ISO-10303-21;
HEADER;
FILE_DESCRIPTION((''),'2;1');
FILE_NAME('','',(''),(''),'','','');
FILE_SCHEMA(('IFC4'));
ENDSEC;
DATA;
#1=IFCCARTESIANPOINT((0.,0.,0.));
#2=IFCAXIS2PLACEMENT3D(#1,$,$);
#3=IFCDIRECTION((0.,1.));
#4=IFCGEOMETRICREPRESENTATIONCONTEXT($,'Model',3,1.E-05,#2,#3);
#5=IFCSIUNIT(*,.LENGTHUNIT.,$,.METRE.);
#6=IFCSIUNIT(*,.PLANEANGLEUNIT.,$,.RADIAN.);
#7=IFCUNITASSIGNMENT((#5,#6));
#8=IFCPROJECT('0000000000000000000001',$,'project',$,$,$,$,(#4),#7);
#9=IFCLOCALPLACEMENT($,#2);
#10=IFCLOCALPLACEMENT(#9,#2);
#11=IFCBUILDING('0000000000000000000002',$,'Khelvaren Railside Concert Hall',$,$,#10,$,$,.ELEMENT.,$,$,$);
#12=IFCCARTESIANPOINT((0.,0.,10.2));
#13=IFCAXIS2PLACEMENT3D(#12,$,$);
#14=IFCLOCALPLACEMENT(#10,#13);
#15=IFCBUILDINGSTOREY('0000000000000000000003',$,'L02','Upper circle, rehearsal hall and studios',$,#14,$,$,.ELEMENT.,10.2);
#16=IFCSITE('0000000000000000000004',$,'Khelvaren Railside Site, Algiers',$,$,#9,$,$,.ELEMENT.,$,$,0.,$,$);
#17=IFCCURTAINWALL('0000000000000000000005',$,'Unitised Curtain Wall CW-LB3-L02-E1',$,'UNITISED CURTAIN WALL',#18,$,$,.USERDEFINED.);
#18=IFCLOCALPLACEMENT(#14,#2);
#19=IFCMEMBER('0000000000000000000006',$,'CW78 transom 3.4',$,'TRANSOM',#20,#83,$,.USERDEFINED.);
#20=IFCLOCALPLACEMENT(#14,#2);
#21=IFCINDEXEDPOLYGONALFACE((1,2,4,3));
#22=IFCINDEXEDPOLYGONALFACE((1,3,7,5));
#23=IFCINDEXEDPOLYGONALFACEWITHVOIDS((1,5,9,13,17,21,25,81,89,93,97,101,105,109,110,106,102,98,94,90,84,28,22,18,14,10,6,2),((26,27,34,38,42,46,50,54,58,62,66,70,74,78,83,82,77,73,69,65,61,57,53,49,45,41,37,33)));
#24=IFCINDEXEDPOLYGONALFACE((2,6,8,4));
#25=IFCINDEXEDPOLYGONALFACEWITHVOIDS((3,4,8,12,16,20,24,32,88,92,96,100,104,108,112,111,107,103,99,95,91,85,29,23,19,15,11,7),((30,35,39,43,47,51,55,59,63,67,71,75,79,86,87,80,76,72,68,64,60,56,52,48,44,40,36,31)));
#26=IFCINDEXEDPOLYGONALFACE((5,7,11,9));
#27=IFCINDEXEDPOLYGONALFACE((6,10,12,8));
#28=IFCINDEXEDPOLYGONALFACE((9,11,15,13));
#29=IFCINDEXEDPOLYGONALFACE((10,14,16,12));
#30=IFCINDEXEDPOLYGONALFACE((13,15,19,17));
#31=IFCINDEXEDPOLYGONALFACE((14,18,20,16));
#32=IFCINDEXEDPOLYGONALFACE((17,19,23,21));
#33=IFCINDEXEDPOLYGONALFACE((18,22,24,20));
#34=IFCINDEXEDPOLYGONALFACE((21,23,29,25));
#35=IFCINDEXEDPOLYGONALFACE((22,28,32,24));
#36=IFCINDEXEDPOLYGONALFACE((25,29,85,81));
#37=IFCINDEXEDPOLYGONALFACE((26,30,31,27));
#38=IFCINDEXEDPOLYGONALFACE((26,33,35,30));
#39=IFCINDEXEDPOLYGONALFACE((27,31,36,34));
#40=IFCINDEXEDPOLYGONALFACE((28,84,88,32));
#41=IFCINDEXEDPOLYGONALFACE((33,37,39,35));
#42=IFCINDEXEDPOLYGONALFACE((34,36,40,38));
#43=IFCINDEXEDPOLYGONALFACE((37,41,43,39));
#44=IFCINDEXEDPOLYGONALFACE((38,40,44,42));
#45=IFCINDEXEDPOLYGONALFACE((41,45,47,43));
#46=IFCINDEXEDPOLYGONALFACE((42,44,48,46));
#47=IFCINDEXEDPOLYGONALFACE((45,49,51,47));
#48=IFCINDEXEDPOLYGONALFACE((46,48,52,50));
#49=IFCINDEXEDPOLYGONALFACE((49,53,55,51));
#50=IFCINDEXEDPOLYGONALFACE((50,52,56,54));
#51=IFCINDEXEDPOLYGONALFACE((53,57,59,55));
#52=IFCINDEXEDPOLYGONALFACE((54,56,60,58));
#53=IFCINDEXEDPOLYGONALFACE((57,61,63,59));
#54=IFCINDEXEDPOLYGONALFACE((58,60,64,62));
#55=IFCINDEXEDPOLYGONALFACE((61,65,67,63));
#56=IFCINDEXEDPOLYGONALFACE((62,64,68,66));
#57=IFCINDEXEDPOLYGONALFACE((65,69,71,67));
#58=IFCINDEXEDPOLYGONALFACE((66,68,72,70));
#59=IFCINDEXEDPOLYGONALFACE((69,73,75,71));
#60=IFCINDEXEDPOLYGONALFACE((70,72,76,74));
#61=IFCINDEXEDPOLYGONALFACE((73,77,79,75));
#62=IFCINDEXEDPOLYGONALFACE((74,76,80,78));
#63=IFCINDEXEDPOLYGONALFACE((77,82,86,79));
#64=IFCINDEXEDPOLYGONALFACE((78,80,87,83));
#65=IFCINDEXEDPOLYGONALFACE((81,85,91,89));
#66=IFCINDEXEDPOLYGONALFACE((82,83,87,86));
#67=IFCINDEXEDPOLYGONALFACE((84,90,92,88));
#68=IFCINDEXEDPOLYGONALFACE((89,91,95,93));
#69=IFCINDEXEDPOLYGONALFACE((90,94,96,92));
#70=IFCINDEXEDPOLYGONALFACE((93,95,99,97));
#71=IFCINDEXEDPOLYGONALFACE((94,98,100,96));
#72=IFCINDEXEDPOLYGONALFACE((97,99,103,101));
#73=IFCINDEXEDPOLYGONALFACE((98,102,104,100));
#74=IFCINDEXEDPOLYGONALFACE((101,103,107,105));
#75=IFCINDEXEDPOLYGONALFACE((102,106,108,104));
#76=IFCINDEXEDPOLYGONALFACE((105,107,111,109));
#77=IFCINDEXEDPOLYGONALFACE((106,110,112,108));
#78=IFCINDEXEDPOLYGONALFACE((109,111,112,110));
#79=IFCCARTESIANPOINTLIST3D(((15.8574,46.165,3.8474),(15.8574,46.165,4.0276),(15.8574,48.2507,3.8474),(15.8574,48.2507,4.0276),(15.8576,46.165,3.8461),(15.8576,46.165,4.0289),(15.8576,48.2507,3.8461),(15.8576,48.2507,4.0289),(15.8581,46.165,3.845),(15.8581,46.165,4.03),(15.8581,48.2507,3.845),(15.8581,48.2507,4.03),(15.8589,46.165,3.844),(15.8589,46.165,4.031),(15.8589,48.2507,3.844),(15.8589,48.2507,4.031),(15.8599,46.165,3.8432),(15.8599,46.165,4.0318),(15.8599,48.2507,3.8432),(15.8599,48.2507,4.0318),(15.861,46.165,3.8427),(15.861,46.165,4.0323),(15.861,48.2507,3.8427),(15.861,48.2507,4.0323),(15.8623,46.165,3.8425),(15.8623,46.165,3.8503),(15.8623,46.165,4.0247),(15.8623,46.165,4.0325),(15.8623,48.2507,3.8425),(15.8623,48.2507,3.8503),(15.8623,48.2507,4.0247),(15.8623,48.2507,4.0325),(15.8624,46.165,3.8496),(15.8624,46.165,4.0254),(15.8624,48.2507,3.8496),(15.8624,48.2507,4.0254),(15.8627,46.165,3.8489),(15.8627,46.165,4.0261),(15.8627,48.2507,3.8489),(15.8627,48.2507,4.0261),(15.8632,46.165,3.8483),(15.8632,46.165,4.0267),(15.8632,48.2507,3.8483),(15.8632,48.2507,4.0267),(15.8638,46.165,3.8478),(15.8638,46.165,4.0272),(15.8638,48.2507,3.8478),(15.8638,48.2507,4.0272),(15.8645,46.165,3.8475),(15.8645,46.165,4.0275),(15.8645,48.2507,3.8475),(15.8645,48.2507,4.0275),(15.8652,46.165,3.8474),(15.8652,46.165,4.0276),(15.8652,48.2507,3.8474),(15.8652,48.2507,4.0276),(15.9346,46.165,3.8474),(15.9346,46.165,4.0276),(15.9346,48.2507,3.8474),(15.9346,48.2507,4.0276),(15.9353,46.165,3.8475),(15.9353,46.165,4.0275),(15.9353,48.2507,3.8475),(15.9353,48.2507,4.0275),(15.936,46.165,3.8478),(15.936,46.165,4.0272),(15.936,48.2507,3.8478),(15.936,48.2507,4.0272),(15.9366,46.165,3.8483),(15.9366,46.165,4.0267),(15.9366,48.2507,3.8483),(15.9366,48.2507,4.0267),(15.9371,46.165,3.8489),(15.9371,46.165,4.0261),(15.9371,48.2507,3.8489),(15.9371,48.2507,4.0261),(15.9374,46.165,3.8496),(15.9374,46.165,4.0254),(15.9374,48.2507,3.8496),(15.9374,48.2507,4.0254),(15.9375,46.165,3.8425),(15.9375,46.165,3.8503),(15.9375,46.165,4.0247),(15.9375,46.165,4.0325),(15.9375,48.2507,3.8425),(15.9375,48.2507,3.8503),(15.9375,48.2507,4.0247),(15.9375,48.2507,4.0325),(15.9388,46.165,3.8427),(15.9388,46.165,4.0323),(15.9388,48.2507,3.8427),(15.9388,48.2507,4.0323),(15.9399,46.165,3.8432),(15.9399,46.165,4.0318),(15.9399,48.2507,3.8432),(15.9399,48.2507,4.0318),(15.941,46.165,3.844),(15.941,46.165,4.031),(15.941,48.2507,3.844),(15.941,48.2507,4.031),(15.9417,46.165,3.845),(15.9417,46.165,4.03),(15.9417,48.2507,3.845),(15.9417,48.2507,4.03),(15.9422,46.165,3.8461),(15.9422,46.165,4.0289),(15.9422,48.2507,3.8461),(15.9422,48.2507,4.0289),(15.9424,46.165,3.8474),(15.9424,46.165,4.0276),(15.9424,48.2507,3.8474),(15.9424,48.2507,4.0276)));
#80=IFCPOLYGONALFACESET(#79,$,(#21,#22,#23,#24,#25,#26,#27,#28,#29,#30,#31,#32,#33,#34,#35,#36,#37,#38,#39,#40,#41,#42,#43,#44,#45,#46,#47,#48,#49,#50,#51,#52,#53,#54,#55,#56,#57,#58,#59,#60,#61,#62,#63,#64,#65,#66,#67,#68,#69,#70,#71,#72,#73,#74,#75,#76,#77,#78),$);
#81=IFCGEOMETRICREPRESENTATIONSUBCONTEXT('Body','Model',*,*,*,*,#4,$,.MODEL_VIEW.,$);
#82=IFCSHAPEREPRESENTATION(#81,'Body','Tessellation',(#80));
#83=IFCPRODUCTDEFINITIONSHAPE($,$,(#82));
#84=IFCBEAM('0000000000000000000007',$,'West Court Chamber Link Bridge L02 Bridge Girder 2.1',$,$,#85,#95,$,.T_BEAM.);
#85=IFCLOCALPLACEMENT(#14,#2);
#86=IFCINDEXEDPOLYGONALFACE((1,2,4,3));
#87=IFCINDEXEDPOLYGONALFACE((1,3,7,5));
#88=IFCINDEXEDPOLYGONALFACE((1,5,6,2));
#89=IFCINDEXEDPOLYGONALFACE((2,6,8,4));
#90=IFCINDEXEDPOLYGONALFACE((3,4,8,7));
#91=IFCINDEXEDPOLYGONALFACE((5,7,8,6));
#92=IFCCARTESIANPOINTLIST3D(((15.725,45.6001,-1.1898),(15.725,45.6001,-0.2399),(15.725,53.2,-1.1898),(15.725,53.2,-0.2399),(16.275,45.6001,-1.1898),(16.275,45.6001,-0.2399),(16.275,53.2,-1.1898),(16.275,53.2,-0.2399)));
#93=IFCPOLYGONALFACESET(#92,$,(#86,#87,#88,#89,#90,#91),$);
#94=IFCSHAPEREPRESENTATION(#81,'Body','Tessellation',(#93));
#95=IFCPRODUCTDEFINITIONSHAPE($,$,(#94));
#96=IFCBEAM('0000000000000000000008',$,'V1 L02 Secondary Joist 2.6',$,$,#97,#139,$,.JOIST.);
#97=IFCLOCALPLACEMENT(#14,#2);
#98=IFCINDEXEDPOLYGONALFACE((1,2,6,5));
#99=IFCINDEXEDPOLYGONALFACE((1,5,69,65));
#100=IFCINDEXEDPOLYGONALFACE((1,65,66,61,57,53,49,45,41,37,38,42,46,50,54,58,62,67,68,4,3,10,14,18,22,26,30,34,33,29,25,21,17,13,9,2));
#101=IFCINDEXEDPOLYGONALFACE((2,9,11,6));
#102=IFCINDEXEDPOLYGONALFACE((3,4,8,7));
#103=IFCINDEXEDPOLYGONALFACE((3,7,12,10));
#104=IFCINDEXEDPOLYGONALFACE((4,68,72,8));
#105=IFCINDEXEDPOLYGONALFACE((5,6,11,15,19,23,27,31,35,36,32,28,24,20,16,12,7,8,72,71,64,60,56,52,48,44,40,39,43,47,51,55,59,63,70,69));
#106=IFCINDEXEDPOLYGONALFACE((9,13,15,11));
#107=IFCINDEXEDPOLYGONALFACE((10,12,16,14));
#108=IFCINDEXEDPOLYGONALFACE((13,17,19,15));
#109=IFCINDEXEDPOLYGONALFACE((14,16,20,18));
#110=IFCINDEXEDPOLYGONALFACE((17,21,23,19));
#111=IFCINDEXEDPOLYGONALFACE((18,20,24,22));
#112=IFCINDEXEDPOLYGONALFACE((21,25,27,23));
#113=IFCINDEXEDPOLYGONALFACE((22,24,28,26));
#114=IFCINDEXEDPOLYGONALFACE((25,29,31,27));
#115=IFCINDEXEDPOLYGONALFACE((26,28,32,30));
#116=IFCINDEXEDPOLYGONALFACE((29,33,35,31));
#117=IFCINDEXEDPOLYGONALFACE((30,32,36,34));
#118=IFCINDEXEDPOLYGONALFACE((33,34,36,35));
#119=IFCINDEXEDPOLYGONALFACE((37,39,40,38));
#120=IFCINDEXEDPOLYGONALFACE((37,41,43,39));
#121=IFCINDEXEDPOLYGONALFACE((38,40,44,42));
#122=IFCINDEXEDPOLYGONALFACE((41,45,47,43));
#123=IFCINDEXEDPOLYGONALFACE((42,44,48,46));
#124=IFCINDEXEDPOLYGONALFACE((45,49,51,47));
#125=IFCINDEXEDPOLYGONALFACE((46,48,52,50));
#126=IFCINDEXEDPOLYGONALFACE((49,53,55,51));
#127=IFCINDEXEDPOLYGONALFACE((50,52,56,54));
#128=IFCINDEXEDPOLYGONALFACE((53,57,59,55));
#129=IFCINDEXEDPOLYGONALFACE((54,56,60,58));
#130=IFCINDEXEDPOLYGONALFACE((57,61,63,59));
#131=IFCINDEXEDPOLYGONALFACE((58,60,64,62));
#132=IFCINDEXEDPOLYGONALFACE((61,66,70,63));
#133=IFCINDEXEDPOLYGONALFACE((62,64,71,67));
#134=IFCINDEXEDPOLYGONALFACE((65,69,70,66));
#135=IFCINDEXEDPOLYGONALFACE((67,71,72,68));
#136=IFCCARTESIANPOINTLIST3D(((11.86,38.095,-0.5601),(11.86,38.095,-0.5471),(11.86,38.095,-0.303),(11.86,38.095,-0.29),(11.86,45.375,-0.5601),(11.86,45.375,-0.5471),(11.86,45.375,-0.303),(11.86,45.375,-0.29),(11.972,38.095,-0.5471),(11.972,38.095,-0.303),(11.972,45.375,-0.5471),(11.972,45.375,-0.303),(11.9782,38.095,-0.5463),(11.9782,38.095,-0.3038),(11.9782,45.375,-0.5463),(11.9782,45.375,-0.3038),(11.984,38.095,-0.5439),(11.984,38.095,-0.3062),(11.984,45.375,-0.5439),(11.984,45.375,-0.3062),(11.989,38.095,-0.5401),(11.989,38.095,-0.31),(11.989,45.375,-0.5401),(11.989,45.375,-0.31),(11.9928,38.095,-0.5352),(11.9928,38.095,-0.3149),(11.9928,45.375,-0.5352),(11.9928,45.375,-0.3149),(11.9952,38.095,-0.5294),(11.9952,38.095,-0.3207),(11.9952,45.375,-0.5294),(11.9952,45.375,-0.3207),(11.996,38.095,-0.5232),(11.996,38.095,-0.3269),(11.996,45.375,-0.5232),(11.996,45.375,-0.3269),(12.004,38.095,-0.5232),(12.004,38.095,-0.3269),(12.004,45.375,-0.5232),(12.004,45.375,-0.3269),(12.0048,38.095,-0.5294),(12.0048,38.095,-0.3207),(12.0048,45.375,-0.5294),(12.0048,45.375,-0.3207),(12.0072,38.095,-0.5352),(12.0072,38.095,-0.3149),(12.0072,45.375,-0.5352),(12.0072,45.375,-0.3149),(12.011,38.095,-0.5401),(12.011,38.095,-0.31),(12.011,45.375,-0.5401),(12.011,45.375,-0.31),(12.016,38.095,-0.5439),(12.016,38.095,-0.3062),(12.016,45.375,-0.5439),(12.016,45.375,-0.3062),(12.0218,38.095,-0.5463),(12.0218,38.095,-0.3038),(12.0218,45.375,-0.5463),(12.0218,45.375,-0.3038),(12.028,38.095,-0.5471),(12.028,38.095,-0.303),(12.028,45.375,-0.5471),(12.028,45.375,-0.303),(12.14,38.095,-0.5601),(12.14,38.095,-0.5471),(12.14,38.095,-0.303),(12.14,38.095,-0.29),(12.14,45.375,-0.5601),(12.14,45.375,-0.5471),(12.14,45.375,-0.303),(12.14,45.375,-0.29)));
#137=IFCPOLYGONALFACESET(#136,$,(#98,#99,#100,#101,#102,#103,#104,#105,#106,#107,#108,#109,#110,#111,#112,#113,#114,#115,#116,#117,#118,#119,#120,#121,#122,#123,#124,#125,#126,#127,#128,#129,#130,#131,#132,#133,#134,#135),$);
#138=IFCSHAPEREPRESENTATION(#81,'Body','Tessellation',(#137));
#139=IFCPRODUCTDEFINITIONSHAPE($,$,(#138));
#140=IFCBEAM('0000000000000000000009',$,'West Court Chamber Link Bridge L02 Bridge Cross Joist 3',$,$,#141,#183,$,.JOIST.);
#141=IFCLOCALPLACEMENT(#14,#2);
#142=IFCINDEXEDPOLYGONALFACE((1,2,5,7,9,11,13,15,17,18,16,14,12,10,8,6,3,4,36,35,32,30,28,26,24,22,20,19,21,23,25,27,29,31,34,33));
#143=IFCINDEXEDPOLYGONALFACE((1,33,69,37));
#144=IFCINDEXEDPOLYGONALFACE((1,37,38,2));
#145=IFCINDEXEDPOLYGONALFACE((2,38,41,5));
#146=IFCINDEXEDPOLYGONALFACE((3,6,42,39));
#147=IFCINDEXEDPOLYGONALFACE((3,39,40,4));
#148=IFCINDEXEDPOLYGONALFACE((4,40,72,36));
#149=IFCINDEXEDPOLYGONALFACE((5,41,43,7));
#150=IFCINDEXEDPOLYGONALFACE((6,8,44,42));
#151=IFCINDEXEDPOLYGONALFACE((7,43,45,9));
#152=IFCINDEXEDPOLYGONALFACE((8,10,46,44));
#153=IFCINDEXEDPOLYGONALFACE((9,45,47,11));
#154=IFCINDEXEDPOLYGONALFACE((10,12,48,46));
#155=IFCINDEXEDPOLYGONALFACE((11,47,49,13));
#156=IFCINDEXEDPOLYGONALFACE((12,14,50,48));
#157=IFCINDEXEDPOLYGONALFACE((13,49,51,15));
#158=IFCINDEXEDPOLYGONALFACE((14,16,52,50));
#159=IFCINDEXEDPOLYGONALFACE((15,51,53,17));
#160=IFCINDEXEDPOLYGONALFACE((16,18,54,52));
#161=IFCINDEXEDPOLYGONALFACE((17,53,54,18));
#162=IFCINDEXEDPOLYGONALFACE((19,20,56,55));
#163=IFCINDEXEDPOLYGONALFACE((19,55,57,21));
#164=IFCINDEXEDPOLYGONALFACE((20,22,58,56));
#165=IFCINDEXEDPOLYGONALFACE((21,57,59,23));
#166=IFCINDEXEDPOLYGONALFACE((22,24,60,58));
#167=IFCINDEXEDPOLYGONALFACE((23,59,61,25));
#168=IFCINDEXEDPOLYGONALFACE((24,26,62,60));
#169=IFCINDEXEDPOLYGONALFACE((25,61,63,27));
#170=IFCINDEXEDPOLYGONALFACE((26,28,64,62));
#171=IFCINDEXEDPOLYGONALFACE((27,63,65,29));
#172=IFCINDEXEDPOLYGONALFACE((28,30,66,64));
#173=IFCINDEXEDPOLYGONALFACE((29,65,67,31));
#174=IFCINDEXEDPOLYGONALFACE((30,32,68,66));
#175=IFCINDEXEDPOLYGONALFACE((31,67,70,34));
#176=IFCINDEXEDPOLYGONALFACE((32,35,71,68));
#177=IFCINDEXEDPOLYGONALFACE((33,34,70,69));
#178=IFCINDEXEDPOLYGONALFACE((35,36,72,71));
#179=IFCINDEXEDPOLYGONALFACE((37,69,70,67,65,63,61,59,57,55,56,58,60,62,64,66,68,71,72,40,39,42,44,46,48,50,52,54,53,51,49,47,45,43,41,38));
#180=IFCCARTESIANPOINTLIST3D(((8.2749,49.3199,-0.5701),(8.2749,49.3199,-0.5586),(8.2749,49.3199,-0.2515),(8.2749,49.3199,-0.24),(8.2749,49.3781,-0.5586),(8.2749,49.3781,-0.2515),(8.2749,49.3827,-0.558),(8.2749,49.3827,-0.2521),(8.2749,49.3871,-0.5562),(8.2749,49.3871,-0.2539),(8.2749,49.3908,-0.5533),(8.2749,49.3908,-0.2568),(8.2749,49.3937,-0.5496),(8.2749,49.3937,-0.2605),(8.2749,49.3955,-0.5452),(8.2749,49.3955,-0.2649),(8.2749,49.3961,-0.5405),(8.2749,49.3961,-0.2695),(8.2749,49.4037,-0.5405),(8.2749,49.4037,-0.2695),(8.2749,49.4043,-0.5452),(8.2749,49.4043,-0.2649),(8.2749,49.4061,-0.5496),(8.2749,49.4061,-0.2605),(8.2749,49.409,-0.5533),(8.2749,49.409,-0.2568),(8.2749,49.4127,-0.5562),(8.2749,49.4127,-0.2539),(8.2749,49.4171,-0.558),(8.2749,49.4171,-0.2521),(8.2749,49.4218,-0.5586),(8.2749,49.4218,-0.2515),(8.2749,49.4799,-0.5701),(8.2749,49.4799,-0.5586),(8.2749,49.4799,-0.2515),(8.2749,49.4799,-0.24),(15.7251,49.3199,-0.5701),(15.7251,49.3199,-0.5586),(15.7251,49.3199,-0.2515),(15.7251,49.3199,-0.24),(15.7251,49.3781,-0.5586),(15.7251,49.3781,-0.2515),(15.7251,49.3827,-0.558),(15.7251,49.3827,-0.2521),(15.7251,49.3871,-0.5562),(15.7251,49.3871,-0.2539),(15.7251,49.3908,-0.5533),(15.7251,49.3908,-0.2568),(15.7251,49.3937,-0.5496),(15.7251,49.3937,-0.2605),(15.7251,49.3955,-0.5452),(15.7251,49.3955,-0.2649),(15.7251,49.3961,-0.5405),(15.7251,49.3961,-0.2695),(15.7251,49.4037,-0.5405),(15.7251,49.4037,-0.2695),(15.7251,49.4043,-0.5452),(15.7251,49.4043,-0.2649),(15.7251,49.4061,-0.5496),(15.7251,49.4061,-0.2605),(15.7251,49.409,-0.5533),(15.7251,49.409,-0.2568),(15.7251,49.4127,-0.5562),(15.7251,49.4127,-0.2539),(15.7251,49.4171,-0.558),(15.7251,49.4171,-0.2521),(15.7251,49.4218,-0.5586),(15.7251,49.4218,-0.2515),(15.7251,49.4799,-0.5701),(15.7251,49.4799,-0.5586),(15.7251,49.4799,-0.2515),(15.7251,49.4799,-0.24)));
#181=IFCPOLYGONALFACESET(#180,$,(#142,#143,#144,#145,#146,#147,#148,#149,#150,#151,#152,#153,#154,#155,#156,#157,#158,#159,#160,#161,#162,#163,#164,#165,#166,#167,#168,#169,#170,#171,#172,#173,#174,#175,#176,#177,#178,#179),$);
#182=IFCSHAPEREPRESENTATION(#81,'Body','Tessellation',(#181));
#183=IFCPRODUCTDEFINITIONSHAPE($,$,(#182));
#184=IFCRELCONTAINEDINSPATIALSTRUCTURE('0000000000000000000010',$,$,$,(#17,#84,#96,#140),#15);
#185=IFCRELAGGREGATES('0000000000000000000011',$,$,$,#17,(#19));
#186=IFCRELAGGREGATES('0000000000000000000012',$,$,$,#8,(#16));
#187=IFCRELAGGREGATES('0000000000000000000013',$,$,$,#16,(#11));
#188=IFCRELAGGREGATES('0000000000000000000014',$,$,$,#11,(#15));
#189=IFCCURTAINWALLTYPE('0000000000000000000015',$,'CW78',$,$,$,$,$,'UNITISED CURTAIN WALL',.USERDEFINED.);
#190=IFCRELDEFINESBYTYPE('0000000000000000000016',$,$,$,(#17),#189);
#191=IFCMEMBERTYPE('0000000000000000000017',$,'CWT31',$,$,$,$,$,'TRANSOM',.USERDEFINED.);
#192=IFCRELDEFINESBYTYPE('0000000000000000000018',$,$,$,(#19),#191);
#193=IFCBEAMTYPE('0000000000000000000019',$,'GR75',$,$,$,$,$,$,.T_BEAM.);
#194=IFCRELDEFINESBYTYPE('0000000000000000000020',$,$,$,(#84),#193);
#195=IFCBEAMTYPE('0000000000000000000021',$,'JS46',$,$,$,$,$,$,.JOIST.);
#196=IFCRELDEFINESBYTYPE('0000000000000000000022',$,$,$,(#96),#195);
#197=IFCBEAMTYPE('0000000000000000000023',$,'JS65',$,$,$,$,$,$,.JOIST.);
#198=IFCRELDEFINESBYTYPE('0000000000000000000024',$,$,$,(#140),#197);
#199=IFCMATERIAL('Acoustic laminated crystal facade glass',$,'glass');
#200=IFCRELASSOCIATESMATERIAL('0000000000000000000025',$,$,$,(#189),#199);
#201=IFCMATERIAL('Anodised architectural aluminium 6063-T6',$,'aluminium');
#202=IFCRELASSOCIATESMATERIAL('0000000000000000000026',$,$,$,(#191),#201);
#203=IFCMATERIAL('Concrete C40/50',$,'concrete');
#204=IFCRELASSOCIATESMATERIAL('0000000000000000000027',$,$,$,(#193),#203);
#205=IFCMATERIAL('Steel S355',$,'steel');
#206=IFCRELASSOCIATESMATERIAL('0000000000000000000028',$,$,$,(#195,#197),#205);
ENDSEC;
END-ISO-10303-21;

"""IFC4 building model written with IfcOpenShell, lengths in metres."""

from ifc_helpers import new_model, si_unit, direction, frame, origin, origin_2d, place, context, subcontext, project, spatial, rectangle, hollow_rectangle, i_section, extrude, material, material_profile, profile_set, type_object, element, aggregate, save


model = new_model("IFC4")

# Units and contexts
model_context = context("Model", 3, precision=1e-05, world=origin(), true_north=direction((0.0, 1.0)))
body_context = subcontext(model_context, "Body", "Model", "MODEL_VIEW")
ifc_project = project(units=[si_unit("LENGTHUNIT", "METRE"), si_unit("PLANEANGLEUNIT", "RADIAN")], contexts=[model_context])

# Site, building, storey
site_placement = place(None, origin())
site = spatial("IfcSite", under=ifc_project, at=site_placement, Name="Khelvaren Railside Site, Algiers", CompositionType="ELEMENT", RefElevation=0.0)
building_placement = place(site_placement, origin())
building = spatial("IfcBuilding", under=site, at=building_placement, Name="Khelvaren Railside Concert Hall", CompositionType="ELEMENT")
storey_placement = place(building_placement, frame((0.0, 0.0, 10.2)))
storey = spatial("IfcBuildingStorey", under=building, at=storey_placement, Name="L02", Description="Upper circle, rehearsal hall and studios", CompositionType="ELEMENT", Elevation=10.2)

# Shared definitions
ifc_material_1 = material(Name="Steel S355", Category="steel")

# Curtain wall, member
ifc_material_2 = material(Name="Acoustic laminated crystal facade glass", Category="glass")
curtain_wall_type = type_object("IfcCurtainWallType", Name="CW78", ElementType="UNITISED CURTAIN WALL", PredefinedType="USERDEFINED", material=ifc_material_2)
curtain_wall_placement = place(storey_placement, origin())
curtain_wall = element("IfcCurtainWall", 1, at=curtain_wall_placement, inside=storey, type_object=curtain_wall_type, Name="Unitised Curtain Wall CW-LB3-L02-E1", ObjectType="UNITISED CURTAIN WALL", PredefinedType="USERDEFINED")
ifc_material_3 = material(Name="Anodised architectural aluminium 6063-T6", Category="aluminium")
ifc_material_profile_1 = material_profile(ifc_material_3, hollow_rectangle(XDim=0.085, YDim=0.1899, WallThickness=0.0049, InnerFilletRadius=0.0029, OuterFilletRadius=0.0049, at=origin_2d()), Name="CWT 85x190x5")
ifc_profile_set_1 = profile_set([ifc_material_profile_1], Name="Anodised architectural aluminium 6063-T6")
member_type_1 = type_object("IfcMemberType", Name="CWT31", ElementType="TRANSOM", PredefinedType="USERDEFINED", material=ifc_profile_set_1)
member_1_placement = place(storey_placement, frame((15.8999, 48.2507, 3.9375), z_axis=(0.0, -1.0, 0.0), x_axis=(1.0, 0.0, 0.0)))
member_1 = element("IfcMember", 2, at=member_1_placement, type_object=member_type_1, Name="CW78 transom 3.4", ObjectType="TRANSOM", PredefinedType="USERDEFINED", context=body_context, shape_type="SweptSolid", body=[
    extrude(hollow_rectangle(XDim=0.085, YDim=0.1899, WallThickness=0.0049, InnerFilletRadius=0.0029, OuterFilletRadius=0.0049, at=origin_2d()), origin(), (0.0, 0.0, 1.0), 2.0857),
])

# Beams
ifc_material_4 = material(Name="Concrete C40/50", Category="concrete")
ifc_material_profile_2 = material_profile(ifc_material_4, rectangle(XDim=0.55, YDim=0.95, at=origin_2d()), Name="RCB 550x950")
ifc_profile_set_2 = profile_set([ifc_material_profile_2], Name="Concrete C40/50")
beam_type_1 = type_object("IfcBeamType", Name="GR75", PredefinedType="T_BEAM", material=ifc_profile_set_2)
beam_1_placement = place(storey_placement, frame((16.0, 45.6001, -0.7148), z_axis=(0.0, 1.0, 0.0), x_axis=(-1.0, 0.0, 0.0)))
element("IfcBeam", 3, at=beam_1_placement, inside=storey, type_object=beam_type_1, Name="West Court Chamber Link Bridge L02 Bridge Girder 2.1", PredefinedType="T_BEAM", context=body_context, shape_type="SweptSolid", body=[
    extrude(rectangle(XDim=0.55, YDim=0.95, at=origin_2d()), origin(), (0.0, 0.0, 1.0), 7.5999),
])
ifc_material_profile_3 = material_profile(ifc_material_1, i_section(OverallWidth=0.28, OverallDepth=0.27, WebThickness=0.0081, FlangeThickness=0.0129, FilletRadius=0.0239, at=origin_2d()), Name="HEA 280")
ifc_profile_set_3 = profile_set([ifc_material_profile_3], Name="Steel S355")
beam_type_2 = type_object("IfcBeamType", Name="JS46", PredefinedType="JOIST", material=ifc_profile_set_3)
beam_2_placement = place(storey_placement, frame((12.0, 38.095, -0.425), z_axis=(0.0, 1.0, 0.0), x_axis=(-1.0, 0.0, 0.0)))
element("IfcBeam", 4, at=beam_2_placement, inside=storey, type_object=beam_type_2, Name="V1 L02 Secondary Joist 2.6", PredefinedType="JOIST", context=body_context, shape_type="SweptSolid", body=[
    extrude(i_section(OverallWidth=0.28, OverallDepth=0.27, WebThickness=0.0081, FlangeThickness=0.0129, FilletRadius=0.0239, at=origin_2d()), origin(), (0.0, 0.0, 1.0), 7.28),
])
ifc_material_profile_4 = material_profile(ifc_material_1, i_section(OverallWidth=0.1599, OverallDepth=0.3301, WebThickness=0.0076, FlangeThickness=0.0115, FilletRadius=0.0181, at=origin_2d()), Name="IPE 330")
ifc_profile_set_4 = profile_set([ifc_material_profile_4], Name="Steel S355")
beam_type_3 = type_object("IfcBeamType", Name="JS65", PredefinedType="JOIST", material=ifc_profile_set_4)
beam_3_placement = place(storey_placement, frame((8.2749, 49.3999, -0.405), z_axis=(1.0, 0.0, 0.0), x_axis=(0.0, 1.0, 0.0)))
element("IfcBeam", 5, at=beam_3_placement, inside=storey, type_object=beam_type_3, Name="West Court Chamber Link Bridge L02 Bridge Cross Joist 3", PredefinedType="JOIST", context=body_context, shape_type="SweptSolid", body=[
    extrude(i_section(OverallWidth=0.1599, OverallDepth=0.3301, WebThickness=0.0076, FlangeThickness=0.0115, FilletRadius=0.0181, at=origin_2d()), origin(), (0.0, 0.0, 1.0), 7.4502),
])

aggregate(curtain_wall, [member_1])

save(model, "model.ifc")
